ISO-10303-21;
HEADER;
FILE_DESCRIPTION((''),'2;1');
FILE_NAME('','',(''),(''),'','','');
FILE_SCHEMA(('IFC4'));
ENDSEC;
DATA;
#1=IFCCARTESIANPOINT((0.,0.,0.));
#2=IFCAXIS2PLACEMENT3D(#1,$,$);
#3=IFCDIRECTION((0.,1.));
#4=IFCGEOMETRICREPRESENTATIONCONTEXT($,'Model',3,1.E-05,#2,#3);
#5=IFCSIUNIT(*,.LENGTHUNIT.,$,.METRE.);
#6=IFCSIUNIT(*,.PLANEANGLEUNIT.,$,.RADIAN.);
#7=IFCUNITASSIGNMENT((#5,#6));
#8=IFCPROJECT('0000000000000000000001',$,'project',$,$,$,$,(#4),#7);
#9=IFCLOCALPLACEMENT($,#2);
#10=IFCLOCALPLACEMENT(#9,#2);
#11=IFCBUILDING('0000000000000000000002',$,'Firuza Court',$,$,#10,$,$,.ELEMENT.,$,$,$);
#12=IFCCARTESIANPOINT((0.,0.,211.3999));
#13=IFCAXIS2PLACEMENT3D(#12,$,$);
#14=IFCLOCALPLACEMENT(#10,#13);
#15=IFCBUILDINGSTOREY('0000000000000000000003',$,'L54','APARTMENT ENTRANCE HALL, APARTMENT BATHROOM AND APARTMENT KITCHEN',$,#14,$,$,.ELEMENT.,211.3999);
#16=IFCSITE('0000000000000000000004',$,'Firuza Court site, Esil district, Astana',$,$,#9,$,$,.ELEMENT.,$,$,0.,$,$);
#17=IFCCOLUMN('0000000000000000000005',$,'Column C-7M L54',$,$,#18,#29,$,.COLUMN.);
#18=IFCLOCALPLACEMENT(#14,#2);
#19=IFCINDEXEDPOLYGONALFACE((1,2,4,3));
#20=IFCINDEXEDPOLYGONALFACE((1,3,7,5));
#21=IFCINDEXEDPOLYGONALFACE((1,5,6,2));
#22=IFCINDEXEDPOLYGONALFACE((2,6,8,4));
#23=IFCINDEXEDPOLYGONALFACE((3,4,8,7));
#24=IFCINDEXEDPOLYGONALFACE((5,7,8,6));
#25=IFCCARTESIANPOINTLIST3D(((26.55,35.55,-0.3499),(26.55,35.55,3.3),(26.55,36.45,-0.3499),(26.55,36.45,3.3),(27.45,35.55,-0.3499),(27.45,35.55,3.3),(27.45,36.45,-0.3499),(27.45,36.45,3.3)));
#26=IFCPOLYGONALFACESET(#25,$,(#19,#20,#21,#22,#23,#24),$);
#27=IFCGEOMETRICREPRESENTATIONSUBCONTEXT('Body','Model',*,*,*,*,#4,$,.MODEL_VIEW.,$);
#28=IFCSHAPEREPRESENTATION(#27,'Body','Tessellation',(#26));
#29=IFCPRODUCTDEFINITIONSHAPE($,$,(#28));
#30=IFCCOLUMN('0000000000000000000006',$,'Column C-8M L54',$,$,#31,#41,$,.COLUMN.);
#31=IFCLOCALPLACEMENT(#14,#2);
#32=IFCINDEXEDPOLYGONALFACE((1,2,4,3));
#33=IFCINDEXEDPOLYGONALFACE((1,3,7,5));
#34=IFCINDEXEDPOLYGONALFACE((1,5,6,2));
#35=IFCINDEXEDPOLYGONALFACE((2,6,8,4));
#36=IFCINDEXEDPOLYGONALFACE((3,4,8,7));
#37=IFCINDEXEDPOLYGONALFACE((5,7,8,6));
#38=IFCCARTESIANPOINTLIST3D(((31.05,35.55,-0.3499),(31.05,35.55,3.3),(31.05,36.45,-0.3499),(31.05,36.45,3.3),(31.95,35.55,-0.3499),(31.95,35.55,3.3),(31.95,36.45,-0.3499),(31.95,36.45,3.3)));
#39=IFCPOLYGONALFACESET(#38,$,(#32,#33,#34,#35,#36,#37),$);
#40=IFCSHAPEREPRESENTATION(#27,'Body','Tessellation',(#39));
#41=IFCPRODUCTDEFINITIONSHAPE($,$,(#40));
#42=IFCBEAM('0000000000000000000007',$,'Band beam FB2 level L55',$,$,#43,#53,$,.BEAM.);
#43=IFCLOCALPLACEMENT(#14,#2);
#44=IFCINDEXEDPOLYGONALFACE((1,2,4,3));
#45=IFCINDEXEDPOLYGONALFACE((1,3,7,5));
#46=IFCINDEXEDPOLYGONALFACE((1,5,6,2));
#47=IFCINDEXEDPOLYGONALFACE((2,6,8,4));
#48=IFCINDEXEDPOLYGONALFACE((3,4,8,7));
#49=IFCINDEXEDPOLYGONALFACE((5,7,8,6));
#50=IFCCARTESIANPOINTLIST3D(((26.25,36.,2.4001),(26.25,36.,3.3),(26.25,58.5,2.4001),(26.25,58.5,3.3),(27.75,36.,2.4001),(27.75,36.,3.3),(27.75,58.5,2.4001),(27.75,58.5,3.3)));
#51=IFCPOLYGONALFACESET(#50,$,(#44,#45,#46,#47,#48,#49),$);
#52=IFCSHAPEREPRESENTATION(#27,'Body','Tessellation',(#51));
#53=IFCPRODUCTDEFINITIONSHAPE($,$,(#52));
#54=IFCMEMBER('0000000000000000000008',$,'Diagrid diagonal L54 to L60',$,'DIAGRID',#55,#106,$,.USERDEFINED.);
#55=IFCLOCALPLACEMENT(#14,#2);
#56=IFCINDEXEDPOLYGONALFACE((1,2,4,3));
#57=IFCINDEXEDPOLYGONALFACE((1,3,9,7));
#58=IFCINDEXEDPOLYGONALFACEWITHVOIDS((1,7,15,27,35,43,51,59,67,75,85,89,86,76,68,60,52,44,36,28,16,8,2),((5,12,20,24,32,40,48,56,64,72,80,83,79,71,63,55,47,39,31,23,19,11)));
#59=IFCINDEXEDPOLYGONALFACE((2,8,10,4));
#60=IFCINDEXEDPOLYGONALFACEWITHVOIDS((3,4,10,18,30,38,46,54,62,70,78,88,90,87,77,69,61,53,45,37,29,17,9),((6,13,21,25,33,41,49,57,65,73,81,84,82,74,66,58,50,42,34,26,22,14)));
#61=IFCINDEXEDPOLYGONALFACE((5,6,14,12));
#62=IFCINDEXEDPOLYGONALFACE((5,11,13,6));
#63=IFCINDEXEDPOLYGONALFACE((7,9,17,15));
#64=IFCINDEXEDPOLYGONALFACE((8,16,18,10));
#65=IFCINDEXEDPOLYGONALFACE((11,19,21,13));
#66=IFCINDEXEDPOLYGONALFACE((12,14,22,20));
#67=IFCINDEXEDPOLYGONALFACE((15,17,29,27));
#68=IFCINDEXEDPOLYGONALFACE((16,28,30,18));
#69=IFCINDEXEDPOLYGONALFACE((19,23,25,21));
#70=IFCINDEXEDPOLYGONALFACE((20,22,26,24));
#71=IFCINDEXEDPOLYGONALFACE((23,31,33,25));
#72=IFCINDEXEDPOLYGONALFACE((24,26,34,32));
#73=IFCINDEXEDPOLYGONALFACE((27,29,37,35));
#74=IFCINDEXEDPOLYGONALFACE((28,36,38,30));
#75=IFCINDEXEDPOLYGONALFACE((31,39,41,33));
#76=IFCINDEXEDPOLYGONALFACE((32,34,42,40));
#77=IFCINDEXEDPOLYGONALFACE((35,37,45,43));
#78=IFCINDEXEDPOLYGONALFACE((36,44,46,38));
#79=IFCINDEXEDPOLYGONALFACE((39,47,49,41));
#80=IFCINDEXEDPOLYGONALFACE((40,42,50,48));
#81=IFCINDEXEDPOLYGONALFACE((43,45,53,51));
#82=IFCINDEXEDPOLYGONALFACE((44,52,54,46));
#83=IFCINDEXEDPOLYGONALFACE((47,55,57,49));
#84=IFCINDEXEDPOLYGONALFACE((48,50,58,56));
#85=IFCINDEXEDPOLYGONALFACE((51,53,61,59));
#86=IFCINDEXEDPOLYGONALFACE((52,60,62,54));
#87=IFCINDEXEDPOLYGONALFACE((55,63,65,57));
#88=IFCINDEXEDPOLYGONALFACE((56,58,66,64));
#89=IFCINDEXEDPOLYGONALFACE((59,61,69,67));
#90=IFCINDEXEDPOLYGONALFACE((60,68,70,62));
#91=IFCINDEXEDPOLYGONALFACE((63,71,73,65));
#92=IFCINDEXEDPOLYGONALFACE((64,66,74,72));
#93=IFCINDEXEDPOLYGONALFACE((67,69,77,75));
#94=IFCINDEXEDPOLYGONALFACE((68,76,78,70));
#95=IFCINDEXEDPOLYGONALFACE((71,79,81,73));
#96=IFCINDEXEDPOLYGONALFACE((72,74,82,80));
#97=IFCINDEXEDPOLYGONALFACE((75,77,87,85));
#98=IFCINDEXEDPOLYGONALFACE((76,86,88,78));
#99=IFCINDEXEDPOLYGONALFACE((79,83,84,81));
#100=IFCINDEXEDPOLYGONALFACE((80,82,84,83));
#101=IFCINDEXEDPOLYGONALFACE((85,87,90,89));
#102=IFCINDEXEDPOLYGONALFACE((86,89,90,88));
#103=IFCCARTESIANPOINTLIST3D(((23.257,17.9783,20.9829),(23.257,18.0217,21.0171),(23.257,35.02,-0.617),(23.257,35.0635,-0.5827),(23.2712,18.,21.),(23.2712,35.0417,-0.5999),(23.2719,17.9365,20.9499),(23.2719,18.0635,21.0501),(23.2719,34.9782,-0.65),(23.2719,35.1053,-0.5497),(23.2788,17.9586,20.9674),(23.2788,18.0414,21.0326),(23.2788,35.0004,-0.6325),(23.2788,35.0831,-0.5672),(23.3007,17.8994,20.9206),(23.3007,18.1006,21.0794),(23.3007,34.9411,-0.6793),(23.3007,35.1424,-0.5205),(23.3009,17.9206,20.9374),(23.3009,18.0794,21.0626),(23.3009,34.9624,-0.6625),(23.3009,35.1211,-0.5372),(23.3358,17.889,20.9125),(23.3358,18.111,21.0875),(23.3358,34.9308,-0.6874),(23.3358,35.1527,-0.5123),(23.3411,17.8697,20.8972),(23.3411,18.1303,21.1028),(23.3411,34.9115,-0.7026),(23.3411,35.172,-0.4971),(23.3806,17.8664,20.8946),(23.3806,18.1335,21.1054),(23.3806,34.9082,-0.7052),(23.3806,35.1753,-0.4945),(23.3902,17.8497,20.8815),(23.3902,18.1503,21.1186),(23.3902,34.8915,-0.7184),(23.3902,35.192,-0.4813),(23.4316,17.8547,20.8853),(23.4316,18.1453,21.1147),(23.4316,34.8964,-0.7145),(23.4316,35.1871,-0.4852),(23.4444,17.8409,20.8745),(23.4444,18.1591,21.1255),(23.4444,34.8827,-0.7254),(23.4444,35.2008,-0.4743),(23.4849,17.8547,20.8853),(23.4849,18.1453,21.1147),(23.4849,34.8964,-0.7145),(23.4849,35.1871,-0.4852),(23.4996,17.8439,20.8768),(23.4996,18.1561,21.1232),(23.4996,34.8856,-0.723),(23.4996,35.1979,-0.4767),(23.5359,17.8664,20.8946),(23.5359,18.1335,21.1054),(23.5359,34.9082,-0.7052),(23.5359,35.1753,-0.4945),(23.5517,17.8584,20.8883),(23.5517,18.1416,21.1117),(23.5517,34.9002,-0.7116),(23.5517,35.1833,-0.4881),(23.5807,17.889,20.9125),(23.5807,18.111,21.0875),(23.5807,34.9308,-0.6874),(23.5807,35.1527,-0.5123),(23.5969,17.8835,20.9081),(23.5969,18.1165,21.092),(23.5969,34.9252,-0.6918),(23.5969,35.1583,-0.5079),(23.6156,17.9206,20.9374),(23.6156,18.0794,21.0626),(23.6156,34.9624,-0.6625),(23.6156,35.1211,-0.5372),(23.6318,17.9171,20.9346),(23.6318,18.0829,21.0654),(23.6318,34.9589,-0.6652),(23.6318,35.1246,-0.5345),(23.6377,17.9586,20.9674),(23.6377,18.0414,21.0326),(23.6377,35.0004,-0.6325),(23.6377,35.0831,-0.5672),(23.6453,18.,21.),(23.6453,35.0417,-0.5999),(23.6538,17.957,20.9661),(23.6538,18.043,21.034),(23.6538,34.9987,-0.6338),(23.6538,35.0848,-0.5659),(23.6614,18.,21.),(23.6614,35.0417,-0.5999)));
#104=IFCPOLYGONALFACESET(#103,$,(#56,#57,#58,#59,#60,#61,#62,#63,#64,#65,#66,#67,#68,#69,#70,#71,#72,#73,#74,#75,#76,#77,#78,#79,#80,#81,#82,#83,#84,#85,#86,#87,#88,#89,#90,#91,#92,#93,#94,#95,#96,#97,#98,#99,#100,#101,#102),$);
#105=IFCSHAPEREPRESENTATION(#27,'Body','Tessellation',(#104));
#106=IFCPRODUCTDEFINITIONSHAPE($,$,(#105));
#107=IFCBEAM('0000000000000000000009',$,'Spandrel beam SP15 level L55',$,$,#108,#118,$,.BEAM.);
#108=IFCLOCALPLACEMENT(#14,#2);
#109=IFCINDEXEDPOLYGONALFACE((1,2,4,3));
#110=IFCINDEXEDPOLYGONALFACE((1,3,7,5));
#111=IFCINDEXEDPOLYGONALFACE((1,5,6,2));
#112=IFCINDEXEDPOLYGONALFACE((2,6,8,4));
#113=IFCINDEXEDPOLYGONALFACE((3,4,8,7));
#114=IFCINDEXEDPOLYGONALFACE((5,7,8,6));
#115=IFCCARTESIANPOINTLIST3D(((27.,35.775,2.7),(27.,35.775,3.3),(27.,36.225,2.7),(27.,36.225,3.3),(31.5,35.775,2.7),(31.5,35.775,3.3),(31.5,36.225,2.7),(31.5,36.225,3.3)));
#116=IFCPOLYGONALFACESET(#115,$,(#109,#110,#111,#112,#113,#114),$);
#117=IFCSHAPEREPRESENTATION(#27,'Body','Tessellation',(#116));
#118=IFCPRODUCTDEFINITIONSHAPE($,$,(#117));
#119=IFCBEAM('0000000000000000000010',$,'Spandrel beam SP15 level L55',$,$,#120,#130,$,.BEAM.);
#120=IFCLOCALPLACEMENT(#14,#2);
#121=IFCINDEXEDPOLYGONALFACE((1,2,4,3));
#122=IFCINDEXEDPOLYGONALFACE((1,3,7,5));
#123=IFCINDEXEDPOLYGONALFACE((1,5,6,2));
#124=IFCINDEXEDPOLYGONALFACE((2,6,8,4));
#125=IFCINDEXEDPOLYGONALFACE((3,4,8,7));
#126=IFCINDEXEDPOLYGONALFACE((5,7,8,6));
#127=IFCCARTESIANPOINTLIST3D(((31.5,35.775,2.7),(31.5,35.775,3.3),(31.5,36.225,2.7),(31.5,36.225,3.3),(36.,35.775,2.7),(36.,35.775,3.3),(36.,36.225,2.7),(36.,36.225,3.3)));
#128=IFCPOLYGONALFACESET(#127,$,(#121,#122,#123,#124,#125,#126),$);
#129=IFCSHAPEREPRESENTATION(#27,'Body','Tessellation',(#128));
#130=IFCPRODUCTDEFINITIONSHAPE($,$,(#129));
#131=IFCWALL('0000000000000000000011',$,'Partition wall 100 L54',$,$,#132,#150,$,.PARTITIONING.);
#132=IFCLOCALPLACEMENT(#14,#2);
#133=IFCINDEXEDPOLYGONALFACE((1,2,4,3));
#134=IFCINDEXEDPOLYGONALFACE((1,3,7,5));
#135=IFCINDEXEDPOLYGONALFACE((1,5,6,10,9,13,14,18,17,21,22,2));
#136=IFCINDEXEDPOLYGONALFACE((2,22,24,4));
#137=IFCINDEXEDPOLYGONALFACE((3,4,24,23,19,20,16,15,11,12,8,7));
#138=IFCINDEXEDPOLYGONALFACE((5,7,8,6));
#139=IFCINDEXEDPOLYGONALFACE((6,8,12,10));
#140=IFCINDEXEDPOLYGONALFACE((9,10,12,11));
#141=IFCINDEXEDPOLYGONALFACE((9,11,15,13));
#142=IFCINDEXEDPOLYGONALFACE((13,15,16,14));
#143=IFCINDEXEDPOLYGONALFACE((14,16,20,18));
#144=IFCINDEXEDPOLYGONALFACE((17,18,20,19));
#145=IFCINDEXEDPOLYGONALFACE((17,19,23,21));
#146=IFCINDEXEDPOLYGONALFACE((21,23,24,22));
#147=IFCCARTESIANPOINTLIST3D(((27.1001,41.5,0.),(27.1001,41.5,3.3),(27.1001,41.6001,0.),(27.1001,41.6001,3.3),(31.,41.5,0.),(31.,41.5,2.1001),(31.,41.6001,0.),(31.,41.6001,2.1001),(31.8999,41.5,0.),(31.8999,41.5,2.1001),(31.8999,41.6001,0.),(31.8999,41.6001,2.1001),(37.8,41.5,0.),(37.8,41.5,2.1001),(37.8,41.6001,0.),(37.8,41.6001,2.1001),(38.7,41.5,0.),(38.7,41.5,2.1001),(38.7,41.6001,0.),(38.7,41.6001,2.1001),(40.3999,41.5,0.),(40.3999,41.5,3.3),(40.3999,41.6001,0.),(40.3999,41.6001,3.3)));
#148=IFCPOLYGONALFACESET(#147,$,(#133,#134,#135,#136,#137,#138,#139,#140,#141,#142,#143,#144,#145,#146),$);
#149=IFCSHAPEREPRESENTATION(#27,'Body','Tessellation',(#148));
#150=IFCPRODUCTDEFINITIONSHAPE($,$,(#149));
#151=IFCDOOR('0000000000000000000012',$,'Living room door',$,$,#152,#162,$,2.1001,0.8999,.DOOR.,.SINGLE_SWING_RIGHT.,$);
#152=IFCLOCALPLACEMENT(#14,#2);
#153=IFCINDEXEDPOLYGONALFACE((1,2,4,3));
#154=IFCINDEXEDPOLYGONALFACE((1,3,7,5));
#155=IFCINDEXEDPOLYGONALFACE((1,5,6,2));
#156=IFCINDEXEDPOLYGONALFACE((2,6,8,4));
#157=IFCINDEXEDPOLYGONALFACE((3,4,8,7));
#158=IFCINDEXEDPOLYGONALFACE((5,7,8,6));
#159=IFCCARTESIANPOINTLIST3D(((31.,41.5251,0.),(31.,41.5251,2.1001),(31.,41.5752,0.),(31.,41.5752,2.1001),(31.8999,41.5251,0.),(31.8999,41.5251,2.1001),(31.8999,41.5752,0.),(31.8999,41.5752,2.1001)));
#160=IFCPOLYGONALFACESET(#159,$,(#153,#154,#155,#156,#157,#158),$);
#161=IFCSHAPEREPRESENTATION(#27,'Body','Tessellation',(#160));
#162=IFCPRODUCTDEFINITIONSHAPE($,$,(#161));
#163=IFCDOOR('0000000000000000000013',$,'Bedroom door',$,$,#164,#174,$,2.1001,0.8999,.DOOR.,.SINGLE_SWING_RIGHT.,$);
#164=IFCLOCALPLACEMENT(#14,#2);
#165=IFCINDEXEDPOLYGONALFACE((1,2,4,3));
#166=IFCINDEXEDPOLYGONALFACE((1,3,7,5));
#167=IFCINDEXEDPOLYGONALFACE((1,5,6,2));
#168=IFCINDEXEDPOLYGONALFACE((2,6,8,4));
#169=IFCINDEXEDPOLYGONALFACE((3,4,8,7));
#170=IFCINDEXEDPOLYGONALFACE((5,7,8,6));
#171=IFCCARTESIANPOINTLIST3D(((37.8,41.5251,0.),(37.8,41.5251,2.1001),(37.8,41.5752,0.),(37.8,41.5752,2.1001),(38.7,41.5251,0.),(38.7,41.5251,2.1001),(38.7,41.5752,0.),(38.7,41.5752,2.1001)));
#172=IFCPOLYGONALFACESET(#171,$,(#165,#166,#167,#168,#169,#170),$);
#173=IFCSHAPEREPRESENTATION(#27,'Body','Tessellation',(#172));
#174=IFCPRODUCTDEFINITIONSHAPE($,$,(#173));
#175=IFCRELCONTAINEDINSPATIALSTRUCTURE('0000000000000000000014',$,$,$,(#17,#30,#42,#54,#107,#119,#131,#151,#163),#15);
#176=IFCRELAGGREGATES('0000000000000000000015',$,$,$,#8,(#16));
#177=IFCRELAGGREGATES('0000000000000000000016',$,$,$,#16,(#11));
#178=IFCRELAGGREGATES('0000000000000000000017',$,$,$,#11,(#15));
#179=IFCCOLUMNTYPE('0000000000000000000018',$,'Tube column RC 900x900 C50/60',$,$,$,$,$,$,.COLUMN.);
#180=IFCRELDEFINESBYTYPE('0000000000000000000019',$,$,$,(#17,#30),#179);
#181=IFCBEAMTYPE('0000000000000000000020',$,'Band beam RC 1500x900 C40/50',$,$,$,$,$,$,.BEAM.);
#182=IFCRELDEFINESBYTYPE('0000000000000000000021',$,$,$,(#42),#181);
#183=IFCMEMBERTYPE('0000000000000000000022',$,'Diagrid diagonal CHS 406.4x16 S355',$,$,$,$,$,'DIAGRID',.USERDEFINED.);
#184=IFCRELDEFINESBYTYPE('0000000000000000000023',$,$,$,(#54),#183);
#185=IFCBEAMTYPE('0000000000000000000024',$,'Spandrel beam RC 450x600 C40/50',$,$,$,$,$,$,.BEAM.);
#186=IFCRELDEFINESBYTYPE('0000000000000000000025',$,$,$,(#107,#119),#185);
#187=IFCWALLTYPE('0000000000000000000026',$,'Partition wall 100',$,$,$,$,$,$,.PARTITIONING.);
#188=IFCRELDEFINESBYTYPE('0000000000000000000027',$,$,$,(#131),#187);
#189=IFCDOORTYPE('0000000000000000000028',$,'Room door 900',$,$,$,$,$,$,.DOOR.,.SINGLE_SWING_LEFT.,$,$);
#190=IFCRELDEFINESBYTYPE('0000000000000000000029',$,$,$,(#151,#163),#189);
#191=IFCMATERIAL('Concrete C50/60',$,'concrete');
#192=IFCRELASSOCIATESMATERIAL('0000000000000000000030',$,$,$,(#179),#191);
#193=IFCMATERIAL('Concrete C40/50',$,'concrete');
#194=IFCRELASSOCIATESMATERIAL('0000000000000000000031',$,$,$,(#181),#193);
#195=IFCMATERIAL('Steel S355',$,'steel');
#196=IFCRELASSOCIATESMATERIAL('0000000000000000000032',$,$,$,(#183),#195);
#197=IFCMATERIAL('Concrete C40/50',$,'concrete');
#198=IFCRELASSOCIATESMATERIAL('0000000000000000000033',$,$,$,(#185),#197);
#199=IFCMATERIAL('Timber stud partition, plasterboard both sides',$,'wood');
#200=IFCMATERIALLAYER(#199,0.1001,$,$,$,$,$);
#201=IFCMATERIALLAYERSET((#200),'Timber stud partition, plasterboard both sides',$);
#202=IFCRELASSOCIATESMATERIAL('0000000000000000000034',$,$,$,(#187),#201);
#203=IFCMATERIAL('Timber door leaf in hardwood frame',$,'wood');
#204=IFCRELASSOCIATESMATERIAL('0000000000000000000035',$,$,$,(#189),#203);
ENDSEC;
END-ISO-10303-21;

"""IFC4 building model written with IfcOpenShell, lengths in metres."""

from ifc_helpers import new_model, si_unit, direction, frame, frame_2d, origin, origin_2d, place, context, subcontext, project, spatial, rectangle, hollow_circle, extrude, material, layer, layer_set, material_profile, profile_set, type_object, element, fill, save


model = new_model("IFC4")

# Units and contexts
model_context = context("Model", 3, precision=1e-05, world=origin(), true_north=direction((0.0, 1.0)))
body_context = subcontext(model_context, "Body", "Model", "MODEL_VIEW")
ifc_project = project(units=[si_unit("LENGTHUNIT", "METRE"), si_unit("PLANEANGLEUNIT", "RADIAN")], contexts=[model_context])

# Site, building, storey
site_placement = place(None, origin())
site = spatial("IfcSite", under=ifc_project, at=site_placement, Name="Firuza Court site, Esil district, Astana", CompositionType="ELEMENT", RefElevation=0.0)
building_placement = place(site_placement, origin())
building = spatial("IfcBuilding", under=site, at=building_placement, Name="Firuza Court", CompositionType="ELEMENT")
storey_placement = place(building_placement, frame((0.0, 0.0, 211.3999)))
storey = spatial("IfcBuildingStorey", under=building, at=storey_placement, Name="L54", Description="APARTMENT ENTRANCE HALL, APARTMENT BATHROOM AND APARTMENT KITCHEN", CompositionType="ELEMENT", Elevation=211.3999)

# Columns
ifc_material_1 = material(Name="Concrete C50/60", Category="concrete")
ifc_material_profile_1 = material_profile(ifc_material_1, rectangle(XDim=0.8999, YDim=0.8999, at=origin_2d()), Name="RC 900x900")
ifc_profile_set_1 = profile_set([ifc_material_profile_1], Name="Concrete C50/60")
column_type = type_object("IfcColumnType", Name="Tube column RC 900x900 C50/60", PredefinedType="COLUMN", material=ifc_profile_set_1)
for number, where, z_axis, x_axis, name in (
    (1, (27.0, 36.0, -0.3499), (0.0, 0.0, 1.0), (1.0, 0.0, 0.0), "Column C-7M L54"),
    (2, (31.5, 36.0, -0.3499), (0.0, 0.0, 1.0), (1.0, 0.0, 0.0), "Column C-8M L54"),
):
    element("IfcColumn", number, at=place(storey_placement, frame(where, z_axis=z_axis, x_axis=x_axis)), inside=storey, type_object=column_type, Name=name, PredefinedType="COLUMN", context=body_context, shape_type="SweptSolid", body=[
        extrude(rectangle(XDim=0.8999, YDim=0.8999, at=origin_2d()), origin(), (0.0, 0.0, 1.0), 3.6499),
    ])

# Beam
ifc_material_2 = material(Name="Concrete C40/50", Category="concrete")
ifc_material_profile_2 = material_profile(ifc_material_2, rectangle(XDim=1.5, YDim=0.8999, at=origin_2d()), Name="RC 1500x900")
ifc_profile_set_2 = profile_set([ifc_material_profile_2], Name="Concrete C40/50")
beam_type_1 = type_object("IfcBeamType", Name="Band beam RC 1500x900 C40/50", PredefinedType="BEAM", material=ifc_profile_set_2)
beam_placement = place(storey_placement, frame((27.0, 36.0, 2.8501), z_axis=(0.0, 1.0, 0.0), x_axis=(-1.0, 0.0, 0.0)))
element("IfcBeam", 3, at=beam_placement, inside=storey, type_object=beam_type_1, Name="Band beam FB2 level L55", PredefinedType="BEAM", context=body_context, shape_type="SweptSolid", body=[
    extrude(rectangle(XDim=1.5, YDim=0.8999, at=origin_2d()), origin(), (0.0, 0.0, 1.0), 22.5),
])

# Member
ifc_material_3 = material(Name="Steel S355", Category="steel")
ifc_material_profile_3 = material_profile(ifc_material_3, hollow_circle(Radius=0.2031, WallThickness=0.0161, at=origin_2d()), Name="CHS 406.4x16")
ifc_profile_set_3 = profile_set([ifc_material_profile_3], Name="Steel S355")
member_type = type_object("IfcMemberType", Name="Diagrid diagonal CHS 406.4x16 S355", ElementType="DIAGRID", PredefinedType="USERDEFINED", material=ifc_profile_set_3)
member_placement = place(storey_placement, frame((23.4583, 35.0417, -0.5999), z_axis=(0.0, -0.619403, 0.785073), x_axis=(1.0, 0.0, 0.0)))
element("IfcMember", 4, at=member_placement, inside=storey, type_object=member_type, Name="Diagrid diagonal L54 to L60", ObjectType="DIAGRID", PredefinedType="USERDEFINED", context=body_context, shape_type="SweptSolid", body=[
    extrude(hollow_circle(Radius=0.2031, WallThickness=0.0161, at=origin_2d()), origin(), (0.0, 0.0, 1.0), 27.5132),
])

# Beams
ifc_material_4 = material(Name="Concrete C40/50", Category="concrete")
ifc_material_profile_4 = material_profile(ifc_material_4, rectangle(XDim=0.45, YDim=0.6001, at=origin_2d()), Name="RC 450x600")
ifc_profile_set_4 = profile_set([ifc_material_profile_4], Name="Concrete C40/50")
beam_type_2 = type_object("IfcBeamType", Name="Spandrel beam RC 450x600 C40/50", PredefinedType="BEAM", material=ifc_profile_set_4)
for number, where, z_axis, x_axis, name in (
    (5, (27.0, 36.0, 3.0), (1.0, 0.0, 0.0), (0.0, 1.0, 0.0), "Spandrel beam SP15 level L55"),
    (6, (31.5, 36.0, 3.0), (1.0, 0.0, 0.0), (0.0, 1.0, 0.0), "Spandrel beam SP15 level L55"),
):
    element("IfcBeam", number, at=place(storey_placement, frame(where, z_axis=z_axis, x_axis=x_axis)), inside=storey, type_object=beam_type_2, Name=name, PredefinedType="BEAM", context=body_context, shape_type="SweptSolid", body=[
        extrude(rectangle(XDim=0.45, YDim=0.6001, at=origin_2d()), origin(), (0.0, 0.0, 1.0), 4.5),
    ])

# Wall, openings, doors
ifc_material_5 = material(Name="Timber stud partition, plasterboard both sides", Category="wood")
ifc_layer_1 = layer(ifc_material_5, 0.1001)
ifc_layer_set_1 = layer_set([ifc_layer_1], Name="Timber stud partition, plasterboard both sides")
wall_type_1 = type_object("IfcWallType", Name="Partition wall 100", PredefinedType="PARTITIONING", material=ifc_layer_set_1)
wall_1_placement = place(storey_placement, frame((27.1001, 41.55, 0.0), z_axis=(0.0, 0.0, 1.0), x_axis=(1.0, 0.0, 0.0)))
wall_1 = element("IfcWall", 7, at=wall_1_placement, inside=storey, type_object=wall_type_1, Name="Partition wall 100 L54", PredefinedType="PARTITIONING", context=body_context, shape_type="SweptSolid", body=[
    extrude(rectangle(XDim=13.2998, YDim=0.1001, at=frame_2d((6.6499, 0.0))), origin(), (0.0, 0.0, 1.0), 3.3),
])
opening_1_placement = place(wall_1_placement, frame((3.8999, 0.0, 0.0)))
opening_1 = element("IfcOpeningElement", 8, at=opening_1_placement, cuts=wall_1, PredefinedType="OPENING", context=body_context, shape_type="SweptSolid", body=[
    extrude(rectangle(XDim=0.8999, YDim=2.1001, at=frame_2d((0.45, 1.05))), frame((0.0, 0.062, 0.0), z_axis=(0.0, -1.0, 0.0), x_axis=(1.0, 0.0, 0.0)), (0.0, 0.0, 1.0), 0.124),
])
opening_2_placement = place(wall_1_placement, frame((10.7, 0.0, 0.0)))
opening_2 = element("IfcOpeningElement", 9, at=opening_2_placement, cuts=wall_1, PredefinedType="OPENING", context=body_context, shape_type="SweptSolid", body=[
    extrude(rectangle(XDim=0.8999, YDim=2.1001, at=frame_2d((0.45, 1.05))), frame((0.0, 0.062, 0.0), z_axis=(0.0, -1.0, 0.0), x_axis=(1.0, 0.0, 0.0)), (0.0, 0.0, 1.0), 0.124),
])
ifc_material_6 = material(Name="Timber door leaf in hardwood frame", Category="wood")
door_type_1 = type_object("IfcDoorType", Name="Room door 900", OperationType="SINGLE_SWING_LEFT", PredefinedType="DOOR", material=ifc_material_6)
door_1_placement = place(opening_1_placement, frame((0.8999, 0.0, 0.0), z_axis=(0.0, 0.0, 1.0), x_axis=(-1.0, 0.0, 0.0)))
door_1 = element("IfcDoor", 10, at=door_1_placement, inside=storey, type_object=door_type_1, Name="Living room door", OperationType="SINGLE_SWING_RIGHT", OverallHeight=2.1001, OverallWidth=0.8999, PredefinedType="DOOR", context=body_context, shape_type="SweptSolid", body=[
    extrude(rectangle(XDim=0.8999, YDim=2.1001, at=frame_2d((0.45, 1.05))), frame((0.0, 0.0249, 0.0), z_axis=(0.0, -1.0, 0.0), x_axis=(1.0, 0.0, 0.0)), (0.0, 0.0, 1.0), 0.05),
])
fill(opening_1, door_1)
door_2_placement = place(opening_2_placement, frame((0.8999, 0.0, 0.0), z_axis=(0.0, 0.0, 1.0), x_axis=(-1.0, 0.0, 0.0)))
door_2 = element("IfcDoor", 11, at=door_2_placement, inside=storey, type_object=door_type_1, Name="Bedroom door", OperationType="SINGLE_SWING_RIGHT", OverallHeight=2.1001, OverallWidth=0.8999, PredefinedType="DOOR", context=body_context, shape_type="SweptSolid", body=[
    extrude(rectangle(XDim=0.8999, YDim=2.1001, at=frame_2d((0.45, 1.05))), frame((0.0, 0.0249, 0.0), z_axis=(0.0, -1.0, 0.0), x_axis=(1.0, 0.0, 0.0)), (0.0, 0.0, 1.0), 0.05),
])
fill(opening_2, door_2)

save(model, "model.ifc")
